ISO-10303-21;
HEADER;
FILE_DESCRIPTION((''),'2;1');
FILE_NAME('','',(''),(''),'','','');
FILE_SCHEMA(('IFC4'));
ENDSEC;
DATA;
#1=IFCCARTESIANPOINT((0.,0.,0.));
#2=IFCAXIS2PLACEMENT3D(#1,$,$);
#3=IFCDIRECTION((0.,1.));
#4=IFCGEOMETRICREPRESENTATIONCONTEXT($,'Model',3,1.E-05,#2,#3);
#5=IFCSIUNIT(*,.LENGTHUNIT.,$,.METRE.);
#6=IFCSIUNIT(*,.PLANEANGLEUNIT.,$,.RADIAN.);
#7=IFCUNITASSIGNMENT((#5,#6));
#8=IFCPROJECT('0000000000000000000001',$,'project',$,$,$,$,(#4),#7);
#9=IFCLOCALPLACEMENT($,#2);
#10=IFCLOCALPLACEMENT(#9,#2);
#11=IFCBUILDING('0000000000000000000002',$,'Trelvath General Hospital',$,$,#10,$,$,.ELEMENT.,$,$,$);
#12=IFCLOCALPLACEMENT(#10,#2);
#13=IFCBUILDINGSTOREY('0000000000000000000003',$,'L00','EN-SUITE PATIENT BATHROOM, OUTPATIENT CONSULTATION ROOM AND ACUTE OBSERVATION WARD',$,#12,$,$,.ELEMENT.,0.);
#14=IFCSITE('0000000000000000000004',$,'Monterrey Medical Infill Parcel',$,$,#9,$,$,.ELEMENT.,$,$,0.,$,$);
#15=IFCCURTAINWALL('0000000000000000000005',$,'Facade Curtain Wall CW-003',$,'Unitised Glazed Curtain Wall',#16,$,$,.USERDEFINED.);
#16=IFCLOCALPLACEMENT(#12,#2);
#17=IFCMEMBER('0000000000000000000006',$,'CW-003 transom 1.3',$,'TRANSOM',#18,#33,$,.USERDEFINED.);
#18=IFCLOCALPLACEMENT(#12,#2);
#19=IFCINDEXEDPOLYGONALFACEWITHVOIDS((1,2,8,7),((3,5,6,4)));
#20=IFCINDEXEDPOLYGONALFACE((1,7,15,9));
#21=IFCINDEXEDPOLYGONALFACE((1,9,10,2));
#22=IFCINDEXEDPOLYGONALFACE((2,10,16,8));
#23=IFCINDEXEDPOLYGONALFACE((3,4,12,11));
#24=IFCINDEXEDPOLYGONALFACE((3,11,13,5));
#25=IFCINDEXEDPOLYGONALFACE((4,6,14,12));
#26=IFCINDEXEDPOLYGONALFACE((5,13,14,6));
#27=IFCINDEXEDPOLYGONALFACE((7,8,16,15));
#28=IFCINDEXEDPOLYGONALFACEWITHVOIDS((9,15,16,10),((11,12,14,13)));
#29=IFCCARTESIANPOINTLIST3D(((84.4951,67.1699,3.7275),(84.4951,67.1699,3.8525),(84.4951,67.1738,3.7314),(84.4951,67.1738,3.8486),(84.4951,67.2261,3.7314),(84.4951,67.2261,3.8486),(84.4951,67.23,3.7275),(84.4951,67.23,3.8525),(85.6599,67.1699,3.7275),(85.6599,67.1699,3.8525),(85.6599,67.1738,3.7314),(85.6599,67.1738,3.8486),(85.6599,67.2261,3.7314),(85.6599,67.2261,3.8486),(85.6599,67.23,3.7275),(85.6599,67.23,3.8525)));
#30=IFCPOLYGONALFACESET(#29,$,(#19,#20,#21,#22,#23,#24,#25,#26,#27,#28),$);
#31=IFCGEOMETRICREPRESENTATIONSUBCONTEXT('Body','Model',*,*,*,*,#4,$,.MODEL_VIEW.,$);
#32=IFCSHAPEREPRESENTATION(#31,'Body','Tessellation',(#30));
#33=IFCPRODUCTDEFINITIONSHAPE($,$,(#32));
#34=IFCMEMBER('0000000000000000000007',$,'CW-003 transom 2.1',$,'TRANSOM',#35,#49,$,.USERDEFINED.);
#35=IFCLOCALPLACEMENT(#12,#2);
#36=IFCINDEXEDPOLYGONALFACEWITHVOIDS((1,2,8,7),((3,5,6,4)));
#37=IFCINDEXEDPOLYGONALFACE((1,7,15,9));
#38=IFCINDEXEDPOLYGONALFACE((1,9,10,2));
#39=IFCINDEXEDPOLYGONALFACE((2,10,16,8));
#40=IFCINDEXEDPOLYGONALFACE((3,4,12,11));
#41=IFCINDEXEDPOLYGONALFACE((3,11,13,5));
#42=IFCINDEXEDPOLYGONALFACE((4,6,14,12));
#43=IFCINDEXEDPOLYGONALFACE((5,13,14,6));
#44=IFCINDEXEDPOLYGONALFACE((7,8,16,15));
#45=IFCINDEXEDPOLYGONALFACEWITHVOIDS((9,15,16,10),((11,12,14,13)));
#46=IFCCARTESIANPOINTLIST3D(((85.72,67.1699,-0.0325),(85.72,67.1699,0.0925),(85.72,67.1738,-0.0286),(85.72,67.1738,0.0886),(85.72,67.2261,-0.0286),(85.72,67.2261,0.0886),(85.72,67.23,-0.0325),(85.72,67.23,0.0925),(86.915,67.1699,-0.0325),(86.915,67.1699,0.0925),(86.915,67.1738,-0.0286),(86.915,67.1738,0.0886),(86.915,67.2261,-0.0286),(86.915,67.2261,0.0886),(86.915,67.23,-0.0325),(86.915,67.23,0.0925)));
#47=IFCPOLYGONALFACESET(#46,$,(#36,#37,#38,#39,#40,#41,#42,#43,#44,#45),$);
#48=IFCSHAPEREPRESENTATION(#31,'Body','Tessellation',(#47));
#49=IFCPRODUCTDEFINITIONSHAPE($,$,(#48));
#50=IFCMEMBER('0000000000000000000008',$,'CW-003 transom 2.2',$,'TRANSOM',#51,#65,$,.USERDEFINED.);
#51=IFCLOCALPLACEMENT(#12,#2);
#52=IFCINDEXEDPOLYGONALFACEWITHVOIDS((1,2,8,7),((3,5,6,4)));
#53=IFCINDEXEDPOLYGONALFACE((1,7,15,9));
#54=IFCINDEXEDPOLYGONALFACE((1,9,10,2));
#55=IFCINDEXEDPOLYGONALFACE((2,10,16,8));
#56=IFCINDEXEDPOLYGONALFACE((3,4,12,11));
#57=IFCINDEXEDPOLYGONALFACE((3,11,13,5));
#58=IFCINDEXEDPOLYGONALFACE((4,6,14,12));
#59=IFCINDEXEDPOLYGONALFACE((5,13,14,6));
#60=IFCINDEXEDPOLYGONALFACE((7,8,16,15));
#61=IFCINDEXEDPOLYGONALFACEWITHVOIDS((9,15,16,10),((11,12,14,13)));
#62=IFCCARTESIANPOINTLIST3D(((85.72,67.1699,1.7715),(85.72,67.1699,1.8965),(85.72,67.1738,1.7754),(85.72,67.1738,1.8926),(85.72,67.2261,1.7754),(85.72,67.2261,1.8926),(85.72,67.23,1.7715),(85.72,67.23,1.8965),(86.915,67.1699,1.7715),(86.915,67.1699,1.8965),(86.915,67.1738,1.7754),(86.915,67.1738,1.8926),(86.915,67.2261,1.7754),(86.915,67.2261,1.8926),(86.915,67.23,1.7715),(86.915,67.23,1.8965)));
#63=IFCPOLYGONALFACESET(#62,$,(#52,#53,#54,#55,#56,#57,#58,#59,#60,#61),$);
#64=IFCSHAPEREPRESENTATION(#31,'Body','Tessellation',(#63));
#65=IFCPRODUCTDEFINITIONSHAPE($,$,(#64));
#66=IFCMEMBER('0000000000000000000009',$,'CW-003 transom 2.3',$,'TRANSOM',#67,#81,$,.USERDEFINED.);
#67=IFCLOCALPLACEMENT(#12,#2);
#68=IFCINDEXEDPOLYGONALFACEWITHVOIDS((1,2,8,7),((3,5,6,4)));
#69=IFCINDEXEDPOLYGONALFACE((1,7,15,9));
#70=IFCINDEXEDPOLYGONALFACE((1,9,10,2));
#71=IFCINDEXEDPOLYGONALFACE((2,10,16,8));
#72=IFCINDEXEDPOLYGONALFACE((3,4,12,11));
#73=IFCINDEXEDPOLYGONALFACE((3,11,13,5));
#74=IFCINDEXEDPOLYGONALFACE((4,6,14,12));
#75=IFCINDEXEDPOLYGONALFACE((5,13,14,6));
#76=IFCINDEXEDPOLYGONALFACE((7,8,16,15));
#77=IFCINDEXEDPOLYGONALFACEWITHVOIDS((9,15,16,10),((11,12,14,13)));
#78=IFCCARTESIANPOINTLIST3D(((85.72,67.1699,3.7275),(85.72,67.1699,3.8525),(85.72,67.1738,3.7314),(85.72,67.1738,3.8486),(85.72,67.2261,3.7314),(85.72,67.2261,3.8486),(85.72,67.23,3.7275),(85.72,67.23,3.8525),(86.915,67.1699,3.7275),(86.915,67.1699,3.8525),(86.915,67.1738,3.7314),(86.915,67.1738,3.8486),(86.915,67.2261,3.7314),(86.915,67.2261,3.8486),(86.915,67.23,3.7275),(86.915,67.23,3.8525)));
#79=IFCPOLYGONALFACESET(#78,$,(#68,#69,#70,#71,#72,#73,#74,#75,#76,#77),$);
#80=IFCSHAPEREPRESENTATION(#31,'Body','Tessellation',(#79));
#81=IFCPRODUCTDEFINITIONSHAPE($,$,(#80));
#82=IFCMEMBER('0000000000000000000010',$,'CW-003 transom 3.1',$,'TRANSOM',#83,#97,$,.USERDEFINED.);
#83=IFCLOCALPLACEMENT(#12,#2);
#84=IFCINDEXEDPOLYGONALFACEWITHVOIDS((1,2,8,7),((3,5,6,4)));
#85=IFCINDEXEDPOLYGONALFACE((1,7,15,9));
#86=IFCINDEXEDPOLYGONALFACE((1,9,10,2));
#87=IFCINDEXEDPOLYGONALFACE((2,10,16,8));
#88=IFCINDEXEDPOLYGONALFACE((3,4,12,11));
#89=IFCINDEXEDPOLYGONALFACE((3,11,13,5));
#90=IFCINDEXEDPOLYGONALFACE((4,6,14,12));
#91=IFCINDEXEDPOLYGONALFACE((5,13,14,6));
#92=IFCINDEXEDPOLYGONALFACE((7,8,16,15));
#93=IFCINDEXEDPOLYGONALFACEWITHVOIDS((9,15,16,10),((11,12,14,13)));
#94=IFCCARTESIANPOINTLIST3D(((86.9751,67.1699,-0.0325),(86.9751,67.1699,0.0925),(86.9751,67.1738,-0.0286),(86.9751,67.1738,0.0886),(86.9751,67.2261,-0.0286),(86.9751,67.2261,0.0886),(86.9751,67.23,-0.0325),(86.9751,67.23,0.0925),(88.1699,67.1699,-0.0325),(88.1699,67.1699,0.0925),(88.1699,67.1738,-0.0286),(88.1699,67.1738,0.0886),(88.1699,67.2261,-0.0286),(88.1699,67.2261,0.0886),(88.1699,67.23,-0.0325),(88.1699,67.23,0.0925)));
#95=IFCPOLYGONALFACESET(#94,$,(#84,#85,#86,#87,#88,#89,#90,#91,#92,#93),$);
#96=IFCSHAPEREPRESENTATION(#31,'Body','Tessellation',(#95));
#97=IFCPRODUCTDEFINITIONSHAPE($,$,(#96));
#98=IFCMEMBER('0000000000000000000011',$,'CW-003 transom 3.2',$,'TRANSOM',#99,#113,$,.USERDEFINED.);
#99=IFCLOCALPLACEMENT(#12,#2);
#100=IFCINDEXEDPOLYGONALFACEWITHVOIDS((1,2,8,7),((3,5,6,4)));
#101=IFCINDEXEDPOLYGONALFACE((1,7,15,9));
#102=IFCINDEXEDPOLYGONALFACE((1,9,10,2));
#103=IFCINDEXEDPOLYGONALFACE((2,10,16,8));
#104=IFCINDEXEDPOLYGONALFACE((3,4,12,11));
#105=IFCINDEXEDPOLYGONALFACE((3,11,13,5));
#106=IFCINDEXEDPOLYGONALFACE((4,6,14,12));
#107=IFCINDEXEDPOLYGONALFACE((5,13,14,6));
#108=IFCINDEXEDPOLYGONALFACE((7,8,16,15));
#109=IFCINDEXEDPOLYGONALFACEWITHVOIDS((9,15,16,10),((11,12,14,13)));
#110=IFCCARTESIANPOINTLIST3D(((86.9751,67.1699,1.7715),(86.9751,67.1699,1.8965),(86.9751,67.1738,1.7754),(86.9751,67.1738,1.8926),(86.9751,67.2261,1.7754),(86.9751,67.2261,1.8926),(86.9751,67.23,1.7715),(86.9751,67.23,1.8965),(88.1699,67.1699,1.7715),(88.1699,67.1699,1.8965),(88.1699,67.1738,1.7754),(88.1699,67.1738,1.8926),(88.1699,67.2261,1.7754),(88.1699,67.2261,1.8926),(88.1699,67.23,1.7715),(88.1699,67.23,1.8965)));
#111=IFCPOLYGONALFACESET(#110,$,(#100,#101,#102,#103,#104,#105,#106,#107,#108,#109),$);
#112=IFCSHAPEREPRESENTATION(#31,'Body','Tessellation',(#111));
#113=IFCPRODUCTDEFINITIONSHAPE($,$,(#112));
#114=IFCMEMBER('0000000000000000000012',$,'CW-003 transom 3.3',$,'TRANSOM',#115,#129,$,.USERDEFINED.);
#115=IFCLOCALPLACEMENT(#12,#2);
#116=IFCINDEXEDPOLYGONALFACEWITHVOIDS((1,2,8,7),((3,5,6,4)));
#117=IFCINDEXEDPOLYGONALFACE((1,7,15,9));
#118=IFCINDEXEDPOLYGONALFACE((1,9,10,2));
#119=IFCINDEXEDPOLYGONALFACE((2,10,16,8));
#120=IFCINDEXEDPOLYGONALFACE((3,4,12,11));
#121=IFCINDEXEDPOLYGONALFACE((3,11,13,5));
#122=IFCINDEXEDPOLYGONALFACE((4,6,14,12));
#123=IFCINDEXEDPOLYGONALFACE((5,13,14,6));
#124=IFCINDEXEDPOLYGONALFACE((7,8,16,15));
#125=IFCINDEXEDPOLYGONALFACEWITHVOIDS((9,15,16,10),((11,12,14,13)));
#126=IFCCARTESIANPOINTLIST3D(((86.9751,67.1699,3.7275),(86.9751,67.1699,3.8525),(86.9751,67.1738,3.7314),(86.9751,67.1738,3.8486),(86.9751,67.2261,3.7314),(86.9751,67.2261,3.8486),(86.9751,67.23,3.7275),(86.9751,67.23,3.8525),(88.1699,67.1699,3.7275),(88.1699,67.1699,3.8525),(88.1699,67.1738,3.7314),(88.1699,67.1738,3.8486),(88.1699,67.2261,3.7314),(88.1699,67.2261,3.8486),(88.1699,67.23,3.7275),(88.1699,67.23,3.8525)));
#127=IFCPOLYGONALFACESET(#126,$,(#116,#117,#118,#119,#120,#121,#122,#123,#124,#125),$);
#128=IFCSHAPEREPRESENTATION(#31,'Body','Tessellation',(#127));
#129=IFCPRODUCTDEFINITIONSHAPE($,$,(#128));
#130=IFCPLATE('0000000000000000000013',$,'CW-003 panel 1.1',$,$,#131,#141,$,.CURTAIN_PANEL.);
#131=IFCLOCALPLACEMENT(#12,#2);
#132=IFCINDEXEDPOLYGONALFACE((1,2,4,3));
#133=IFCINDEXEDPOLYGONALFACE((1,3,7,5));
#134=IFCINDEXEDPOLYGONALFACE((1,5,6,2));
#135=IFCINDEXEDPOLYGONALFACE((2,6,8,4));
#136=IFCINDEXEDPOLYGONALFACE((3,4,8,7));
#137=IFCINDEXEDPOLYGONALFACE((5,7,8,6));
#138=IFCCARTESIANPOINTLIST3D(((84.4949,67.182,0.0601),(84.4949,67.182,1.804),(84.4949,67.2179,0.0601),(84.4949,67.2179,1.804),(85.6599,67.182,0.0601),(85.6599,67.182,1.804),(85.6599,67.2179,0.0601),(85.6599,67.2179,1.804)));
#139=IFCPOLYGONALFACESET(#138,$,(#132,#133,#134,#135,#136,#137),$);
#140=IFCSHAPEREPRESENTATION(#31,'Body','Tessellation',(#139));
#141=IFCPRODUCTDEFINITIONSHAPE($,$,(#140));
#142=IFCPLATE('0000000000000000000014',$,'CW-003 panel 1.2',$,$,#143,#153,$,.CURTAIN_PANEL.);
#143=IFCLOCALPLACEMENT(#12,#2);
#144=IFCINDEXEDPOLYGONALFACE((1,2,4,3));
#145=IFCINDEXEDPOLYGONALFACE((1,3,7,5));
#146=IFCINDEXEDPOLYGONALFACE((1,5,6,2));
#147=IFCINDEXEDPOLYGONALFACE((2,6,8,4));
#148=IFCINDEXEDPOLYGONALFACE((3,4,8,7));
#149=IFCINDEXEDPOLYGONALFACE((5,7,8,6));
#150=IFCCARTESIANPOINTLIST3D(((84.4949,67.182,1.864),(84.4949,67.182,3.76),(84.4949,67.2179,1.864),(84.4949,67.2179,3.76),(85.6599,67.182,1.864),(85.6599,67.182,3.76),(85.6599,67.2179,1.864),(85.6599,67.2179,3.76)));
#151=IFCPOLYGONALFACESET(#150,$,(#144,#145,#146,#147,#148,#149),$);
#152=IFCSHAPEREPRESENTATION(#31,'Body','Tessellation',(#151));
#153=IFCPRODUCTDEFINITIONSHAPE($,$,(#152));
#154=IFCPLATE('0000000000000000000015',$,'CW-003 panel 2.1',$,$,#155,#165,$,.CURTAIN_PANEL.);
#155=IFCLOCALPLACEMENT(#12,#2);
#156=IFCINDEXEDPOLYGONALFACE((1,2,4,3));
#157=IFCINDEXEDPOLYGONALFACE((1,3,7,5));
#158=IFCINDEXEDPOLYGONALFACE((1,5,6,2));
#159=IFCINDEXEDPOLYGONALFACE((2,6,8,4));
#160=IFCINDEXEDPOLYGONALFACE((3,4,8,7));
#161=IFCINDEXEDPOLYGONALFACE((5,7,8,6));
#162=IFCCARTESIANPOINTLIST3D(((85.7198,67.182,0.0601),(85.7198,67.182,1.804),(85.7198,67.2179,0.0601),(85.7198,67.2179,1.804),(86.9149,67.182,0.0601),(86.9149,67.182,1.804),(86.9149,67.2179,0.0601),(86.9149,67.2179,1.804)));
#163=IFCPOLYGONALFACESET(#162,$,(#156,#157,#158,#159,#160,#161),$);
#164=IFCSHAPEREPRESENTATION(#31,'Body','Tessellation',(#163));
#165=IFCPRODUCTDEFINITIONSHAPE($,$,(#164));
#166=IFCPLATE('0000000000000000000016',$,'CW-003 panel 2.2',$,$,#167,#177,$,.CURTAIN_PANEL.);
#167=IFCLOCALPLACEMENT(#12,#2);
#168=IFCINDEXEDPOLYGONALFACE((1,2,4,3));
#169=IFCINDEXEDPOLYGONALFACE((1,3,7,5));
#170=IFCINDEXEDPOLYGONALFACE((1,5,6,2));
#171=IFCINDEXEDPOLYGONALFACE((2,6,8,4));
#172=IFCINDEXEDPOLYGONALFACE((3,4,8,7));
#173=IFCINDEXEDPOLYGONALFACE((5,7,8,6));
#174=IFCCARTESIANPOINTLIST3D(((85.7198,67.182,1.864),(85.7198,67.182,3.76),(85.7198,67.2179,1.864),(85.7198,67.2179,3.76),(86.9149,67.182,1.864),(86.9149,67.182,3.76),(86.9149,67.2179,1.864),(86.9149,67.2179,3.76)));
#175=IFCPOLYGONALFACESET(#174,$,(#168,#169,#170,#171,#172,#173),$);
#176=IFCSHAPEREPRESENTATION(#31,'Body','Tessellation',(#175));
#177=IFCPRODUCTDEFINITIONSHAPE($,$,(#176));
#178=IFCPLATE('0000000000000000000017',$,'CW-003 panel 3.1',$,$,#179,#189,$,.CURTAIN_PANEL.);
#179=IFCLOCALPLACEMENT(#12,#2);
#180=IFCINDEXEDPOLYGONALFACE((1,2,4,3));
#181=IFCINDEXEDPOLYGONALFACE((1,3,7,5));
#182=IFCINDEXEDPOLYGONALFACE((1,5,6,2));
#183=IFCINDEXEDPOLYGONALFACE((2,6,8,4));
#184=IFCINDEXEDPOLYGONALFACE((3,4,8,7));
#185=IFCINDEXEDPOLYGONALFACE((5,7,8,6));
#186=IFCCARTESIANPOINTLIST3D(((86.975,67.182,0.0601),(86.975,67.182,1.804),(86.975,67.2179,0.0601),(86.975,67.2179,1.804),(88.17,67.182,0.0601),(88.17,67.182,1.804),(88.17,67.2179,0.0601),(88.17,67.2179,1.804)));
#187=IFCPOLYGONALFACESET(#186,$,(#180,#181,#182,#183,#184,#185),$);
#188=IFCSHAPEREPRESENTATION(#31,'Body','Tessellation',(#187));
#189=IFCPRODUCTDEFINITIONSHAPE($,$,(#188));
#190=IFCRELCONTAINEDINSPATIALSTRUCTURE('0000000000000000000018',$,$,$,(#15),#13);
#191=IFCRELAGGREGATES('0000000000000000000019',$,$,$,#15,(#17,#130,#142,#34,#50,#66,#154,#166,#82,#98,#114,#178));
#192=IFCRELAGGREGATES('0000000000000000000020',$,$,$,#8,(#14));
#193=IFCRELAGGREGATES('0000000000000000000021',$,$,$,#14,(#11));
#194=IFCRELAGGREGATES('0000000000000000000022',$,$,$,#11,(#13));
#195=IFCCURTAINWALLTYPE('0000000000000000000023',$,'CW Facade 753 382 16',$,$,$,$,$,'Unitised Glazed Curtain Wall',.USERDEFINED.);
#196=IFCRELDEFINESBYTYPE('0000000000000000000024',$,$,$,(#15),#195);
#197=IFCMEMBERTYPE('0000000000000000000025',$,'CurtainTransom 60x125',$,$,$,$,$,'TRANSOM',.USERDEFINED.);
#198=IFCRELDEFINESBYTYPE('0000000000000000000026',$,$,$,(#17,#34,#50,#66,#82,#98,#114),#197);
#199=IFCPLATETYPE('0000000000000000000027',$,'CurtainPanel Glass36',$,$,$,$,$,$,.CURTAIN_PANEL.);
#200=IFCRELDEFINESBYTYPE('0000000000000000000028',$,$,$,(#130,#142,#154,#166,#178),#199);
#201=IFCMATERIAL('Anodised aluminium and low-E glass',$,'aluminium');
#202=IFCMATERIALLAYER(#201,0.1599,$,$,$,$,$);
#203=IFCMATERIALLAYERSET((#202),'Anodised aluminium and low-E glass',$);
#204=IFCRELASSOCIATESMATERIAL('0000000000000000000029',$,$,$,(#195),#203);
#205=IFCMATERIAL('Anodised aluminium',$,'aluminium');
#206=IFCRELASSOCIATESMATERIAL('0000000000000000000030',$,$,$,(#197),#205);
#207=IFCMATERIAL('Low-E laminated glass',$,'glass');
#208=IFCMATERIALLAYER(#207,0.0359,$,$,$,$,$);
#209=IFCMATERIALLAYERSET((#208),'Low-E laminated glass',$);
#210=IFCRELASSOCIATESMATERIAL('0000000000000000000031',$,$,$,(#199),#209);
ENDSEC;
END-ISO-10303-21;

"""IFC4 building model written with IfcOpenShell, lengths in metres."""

from ifc_helpers import new_model, si_unit, direction, frame, origin, origin_2d, place, context, subcontext, project, spatial, rectangle, hollow_rectangle, extrude, material, layer, layer_set, material_profile, profile_set, type_object, element, aggregate, save


model = new_model("IFC4")

# Units and contexts
model_context = context("Model", 3, precision=1e-05, world=origin(), true_north=direction((0.0, 1.0)))
body_context = subcontext(model_context, "Body", "Model", "MODEL_VIEW")
ifc_project = project(units=[si_unit("LENGTHUNIT", "METRE"), si_unit("PLANEANGLEUNIT", "RADIAN")], contexts=[model_context])

# Site, building, storey
site_placement = place(None, origin())
site = spatial("IfcSite", under=ifc_project, at=site_placement, Name="Monterrey Medical Infill Parcel", CompositionType="ELEMENT", RefElevation=0.0)
building_placement = place(site_placement, origin())
building = spatial("IfcBuilding", under=site, at=building_placement, Name="Trelvath General Hospital", CompositionType="ELEMENT")
storey_placement = place(building_placement, origin())
storey = spatial("IfcBuildingStorey", under=building, at=storey_placement, Name="L00", Description="EN-SUITE PATIENT BATHROOM, OUTPATIENT CONSULTATION ROOM AND ACUTE OBSERVATION WARD", CompositionType="ELEMENT", Elevation=0.0)

# Curtain wall, members, plates
ifc_material_1 = material(Name="Anodised aluminium and low-E glass", Category="aluminium")
ifc_layer_1 = layer(ifc_material_1, 0.1599)
ifc_layer_set_1 = layer_set([ifc_layer_1], Name="Anodised aluminium and low-E glass")
curtain_wall_type = type_object("IfcCurtainWallType", Name="CW Facade 753 382 16", ElementType="Unitised Glazed Curtain Wall", PredefinedType="USERDEFINED", material=ifc_layer_set_1)
curtain_wall_placement = place(storey_placement, origin())
curtain_wall = element("IfcCurtainWall", 1, at=curtain_wall_placement, inside=storey, type_object=curtain_wall_type, Name="Facade Curtain Wall CW-003", ObjectType="Unitised Glazed Curtain Wall", PredefinedType="USERDEFINED")
ifc_material_2 = material(Name="Anodised aluminium", Category="aluminium")
ifc_material_profile_1 = material_profile(ifc_material_2, hollow_rectangle(XDim=0.0601, YDim=0.125, WallThickness=0.0039, at=origin_2d()), Name="RHS60x125x4")
ifc_profile_set_1 = profile_set([ifc_material_profile_1], Name="Anodised aluminium")
member_type_1 = type_object("IfcMemberType", Name="CurtainTransom 60x125", ElementType="TRANSOM", PredefinedType="USERDEFINED", material=ifc_profile_set_1)
member_1_placement = place(storey_placement, frame((84.4951, 67.2, 3.79), z_axis=(1.0, 0.0, 0.0), x_axis=(0.0, 1.0, 0.0)))
member_1 = element("IfcMember", 2, at=member_1_placement, type_object=member_type_1, Name="CW-003 transom 1.3", ObjectType="TRANSOM", PredefinedType="USERDEFINED", context=body_context, shape_type="SweptSolid", body=[
    extrude(hollow_rectangle(XDim=0.0601, YDim=0.125, WallThickness=0.0039, at=origin_2d()), origin(), (0.0, 0.0, 1.0), 1.1648),
])
member_2_placement = place(storey_placement, frame((85.72, 67.2, 0.03), z_axis=(1.0, 0.0, 0.0), x_axis=(0.0, 1.0, 0.0)))
member_2 = element("IfcMember", 3, at=member_2_placement, type_object=member_type_1, Name="CW-003 transom 2.1", ObjectType="TRANSOM", PredefinedType="USERDEFINED", context=body_context, shape_type="SweptSolid", body=[
    extrude(hollow_rectangle(XDim=0.0601, YDim=0.125, WallThickness=0.0039, at=origin_2d()), origin(), (0.0, 0.0, 1.0), 1.1951),
])
member_3_placement = place(storey_placement, frame((85.72, 67.2, 1.834), z_axis=(1.0, 0.0, 0.0), x_axis=(0.0, 1.0, 0.0)))
member_3 = element("IfcMember", 4, at=member_3_placement, type_object=member_type_1, Name="CW-003 transom 2.2", ObjectType="TRANSOM", PredefinedType="USERDEFINED", context=body_context, shape_type="SweptSolid", body=[
    extrude(hollow_rectangle(XDim=0.0601, YDim=0.125, WallThickness=0.0039, at=origin_2d()), origin(), (0.0, 0.0, 1.0), 1.1951),
])
member_4_placement = place(storey_placement, frame((85.72, 67.2, 3.79), z_axis=(1.0, 0.0, 0.0), x_axis=(0.0, 1.0, 0.0)))
member_4 = element("IfcMember", 5, at=member_4_placement, type_object=member_type_1, Name="CW-003 transom 2.3", ObjectType="TRANSOM", PredefinedType="USERDEFINED", context=body_context, shape_type="SweptSolid", body=[
    extrude(hollow_rectangle(XDim=0.0601, YDim=0.125, WallThickness=0.0039, at=origin_2d()), origin(), (0.0, 0.0, 1.0), 1.1951),
])
member_5_placement = place(storey_placement, frame((86.9751, 67.2, 0.03), z_axis=(1.0, 0.0, 0.0), x_axis=(0.0, 1.0, 0.0)))
member_5 = element("IfcMember", 6, at=member_5_placement, type_object=member_type_1, Name="CW-003 transom 3.1", ObjectType="TRANSOM", PredefinedType="USERDEFINED", context=body_context, shape_type="SweptSolid", body=[
    extrude(hollow_rectangle(XDim=0.0601, YDim=0.125, WallThickness=0.0039, at=origin_2d()), origin(), (0.0, 0.0, 1.0), 1.1948),
])
member_6_placement = place(storey_placement, frame((86.9751, 67.2, 1.834), z_axis=(1.0, 0.0, 0.0), x_axis=(0.0, 1.0, 0.0)))
member_6 = element("IfcMember", 7, at=member_6_placement, type_object=member_type_1, Name="CW-003 transom 3.2", ObjectType="TRANSOM", PredefinedType="USERDEFINED", context=body_context, shape_type="SweptSolid", body=[
    extrude(hollow_rectangle(XDim=0.0601, YDim=0.125, WallThickness=0.0039, at=origin_2d()), origin(), (0.0, 0.0, 1.0), 1.1948),
])
member_7_placement = place(storey_placement, frame((86.9751, 67.2, 3.79), z_axis=(1.0, 0.0, 0.0), x_axis=(0.0, 1.0, 0.0)))
member_7 = element("IfcMember", 8, at=member_7_placement, type_object=member_type_1, Name="CW-003 transom 3.3", ObjectType="TRANSOM", PredefinedType="USERDEFINED", context=body_context, shape_type="SweptSolid", body=[
    extrude(hollow_rectangle(XDim=0.0601, YDim=0.125, WallThickness=0.0039, at=origin_2d()), origin(), (0.0, 0.0, 1.0), 1.1948),
])
ifc_material_3 = material(Name="Low-E laminated glass", Category="glass")
ifc_layer_2 = layer(ifc_material_3, 0.0359)
ifc_layer_set_2 = layer_set([ifc_layer_2], Name="Low-E laminated glass")
plate_type = type_object("IfcPlateType", Name="CurtainPanel Glass36", PredefinedType="CURTAIN_PANEL", material=ifc_layer_set_2)
plate_1_placement = place(storey_placement, frame((85.0774, 67.2, 0.0601), z_axis=(0.0, 0.0, 1.0), x_axis=(1.0, 0.0, 0.0)))
plate_1 = element("IfcPlate", 9, at=plate_1_placement, type_object=plate_type, Name="CW-003 panel 1.1", PredefinedType="CURTAIN_PANEL", context=body_context, shape_type="SweptSolid", body=[
    extrude(rectangle(XDim=1.165, YDim=0.0359, at=origin_2d()), origin(), (0.0, 0.0, 1.0), 1.7439),
])
plate_2_placement = place(storey_placement, frame((85.0774, 67.2, 1.864), z_axis=(0.0, 0.0, 1.0), x_axis=(1.0, 0.0, 0.0)))
plate_2 = element("IfcPlate", 10, at=plate_2_placement, type_object=plate_type, Name="CW-003 panel 1.2", PredefinedType="CURTAIN_PANEL", context=body_context, shape_type="SweptSolid", body=[
    extrude(rectangle(XDim=1.165, YDim=0.0359, at=origin_2d()), origin(), (0.0, 0.0, 1.0), 1.896),
])
plate_3_placement = place(storey_placement, frame((86.3174, 67.2, 0.0601), z_axis=(0.0, 0.0, 1.0), x_axis=(1.0, 0.0, 0.0)))
plate_3 = element("IfcPlate", 11, at=plate_3_placement, type_object=plate_type, Name="CW-003 panel 2.1", PredefinedType="CURTAIN_PANEL", context=body_context, shape_type="SweptSolid", body=[
    extrude(rectangle(XDim=1.1951, YDim=0.0359, at=origin_2d()), origin(), (0.0, 0.0, 1.0), 1.7439),
])
plate_4_placement = place(storey_placement, frame((86.3174, 67.2, 1.864), z_axis=(0.0, 0.0, 1.0), x_axis=(1.0, 0.0, 0.0)))
plate_4 = element("IfcPlate", 12, at=plate_4_placement, type_object=plate_type, Name="CW-003 panel 2.2", PredefinedType="CURTAIN_PANEL", context=body_context, shape_type="SweptSolid", body=[
    extrude(rectangle(XDim=1.1951, YDim=0.0359, at=origin_2d()), origin(), (0.0, 0.0, 1.0), 1.896),
])
plate_5_placement = place(storey_placement, frame((87.5725, 67.2, 0.0601), z_axis=(0.0, 0.0, 1.0), x_axis=(1.0, 0.0, 0.0)))
plate_5 = element("IfcPlate", 13, at=plate_5_placement, type_object=plate_type, Name="CW-003 panel 3.1", PredefinedType="CURTAIN_PANEL", context=body_context, shape_type="SweptSolid", body=[
    extrude(rectangle(XDim=1.1951, YDim=0.0359, at=origin_2d()), origin(), (0.0, 0.0, 1.0), 1.7439),
])
aggregate(curtain_wall, [member_1, plate_1, plate_2, member_2, member_3, member_4, plate_3, plate_4, member_5, member_6, member_7, plate_5])

save(model, "model.ifc")
